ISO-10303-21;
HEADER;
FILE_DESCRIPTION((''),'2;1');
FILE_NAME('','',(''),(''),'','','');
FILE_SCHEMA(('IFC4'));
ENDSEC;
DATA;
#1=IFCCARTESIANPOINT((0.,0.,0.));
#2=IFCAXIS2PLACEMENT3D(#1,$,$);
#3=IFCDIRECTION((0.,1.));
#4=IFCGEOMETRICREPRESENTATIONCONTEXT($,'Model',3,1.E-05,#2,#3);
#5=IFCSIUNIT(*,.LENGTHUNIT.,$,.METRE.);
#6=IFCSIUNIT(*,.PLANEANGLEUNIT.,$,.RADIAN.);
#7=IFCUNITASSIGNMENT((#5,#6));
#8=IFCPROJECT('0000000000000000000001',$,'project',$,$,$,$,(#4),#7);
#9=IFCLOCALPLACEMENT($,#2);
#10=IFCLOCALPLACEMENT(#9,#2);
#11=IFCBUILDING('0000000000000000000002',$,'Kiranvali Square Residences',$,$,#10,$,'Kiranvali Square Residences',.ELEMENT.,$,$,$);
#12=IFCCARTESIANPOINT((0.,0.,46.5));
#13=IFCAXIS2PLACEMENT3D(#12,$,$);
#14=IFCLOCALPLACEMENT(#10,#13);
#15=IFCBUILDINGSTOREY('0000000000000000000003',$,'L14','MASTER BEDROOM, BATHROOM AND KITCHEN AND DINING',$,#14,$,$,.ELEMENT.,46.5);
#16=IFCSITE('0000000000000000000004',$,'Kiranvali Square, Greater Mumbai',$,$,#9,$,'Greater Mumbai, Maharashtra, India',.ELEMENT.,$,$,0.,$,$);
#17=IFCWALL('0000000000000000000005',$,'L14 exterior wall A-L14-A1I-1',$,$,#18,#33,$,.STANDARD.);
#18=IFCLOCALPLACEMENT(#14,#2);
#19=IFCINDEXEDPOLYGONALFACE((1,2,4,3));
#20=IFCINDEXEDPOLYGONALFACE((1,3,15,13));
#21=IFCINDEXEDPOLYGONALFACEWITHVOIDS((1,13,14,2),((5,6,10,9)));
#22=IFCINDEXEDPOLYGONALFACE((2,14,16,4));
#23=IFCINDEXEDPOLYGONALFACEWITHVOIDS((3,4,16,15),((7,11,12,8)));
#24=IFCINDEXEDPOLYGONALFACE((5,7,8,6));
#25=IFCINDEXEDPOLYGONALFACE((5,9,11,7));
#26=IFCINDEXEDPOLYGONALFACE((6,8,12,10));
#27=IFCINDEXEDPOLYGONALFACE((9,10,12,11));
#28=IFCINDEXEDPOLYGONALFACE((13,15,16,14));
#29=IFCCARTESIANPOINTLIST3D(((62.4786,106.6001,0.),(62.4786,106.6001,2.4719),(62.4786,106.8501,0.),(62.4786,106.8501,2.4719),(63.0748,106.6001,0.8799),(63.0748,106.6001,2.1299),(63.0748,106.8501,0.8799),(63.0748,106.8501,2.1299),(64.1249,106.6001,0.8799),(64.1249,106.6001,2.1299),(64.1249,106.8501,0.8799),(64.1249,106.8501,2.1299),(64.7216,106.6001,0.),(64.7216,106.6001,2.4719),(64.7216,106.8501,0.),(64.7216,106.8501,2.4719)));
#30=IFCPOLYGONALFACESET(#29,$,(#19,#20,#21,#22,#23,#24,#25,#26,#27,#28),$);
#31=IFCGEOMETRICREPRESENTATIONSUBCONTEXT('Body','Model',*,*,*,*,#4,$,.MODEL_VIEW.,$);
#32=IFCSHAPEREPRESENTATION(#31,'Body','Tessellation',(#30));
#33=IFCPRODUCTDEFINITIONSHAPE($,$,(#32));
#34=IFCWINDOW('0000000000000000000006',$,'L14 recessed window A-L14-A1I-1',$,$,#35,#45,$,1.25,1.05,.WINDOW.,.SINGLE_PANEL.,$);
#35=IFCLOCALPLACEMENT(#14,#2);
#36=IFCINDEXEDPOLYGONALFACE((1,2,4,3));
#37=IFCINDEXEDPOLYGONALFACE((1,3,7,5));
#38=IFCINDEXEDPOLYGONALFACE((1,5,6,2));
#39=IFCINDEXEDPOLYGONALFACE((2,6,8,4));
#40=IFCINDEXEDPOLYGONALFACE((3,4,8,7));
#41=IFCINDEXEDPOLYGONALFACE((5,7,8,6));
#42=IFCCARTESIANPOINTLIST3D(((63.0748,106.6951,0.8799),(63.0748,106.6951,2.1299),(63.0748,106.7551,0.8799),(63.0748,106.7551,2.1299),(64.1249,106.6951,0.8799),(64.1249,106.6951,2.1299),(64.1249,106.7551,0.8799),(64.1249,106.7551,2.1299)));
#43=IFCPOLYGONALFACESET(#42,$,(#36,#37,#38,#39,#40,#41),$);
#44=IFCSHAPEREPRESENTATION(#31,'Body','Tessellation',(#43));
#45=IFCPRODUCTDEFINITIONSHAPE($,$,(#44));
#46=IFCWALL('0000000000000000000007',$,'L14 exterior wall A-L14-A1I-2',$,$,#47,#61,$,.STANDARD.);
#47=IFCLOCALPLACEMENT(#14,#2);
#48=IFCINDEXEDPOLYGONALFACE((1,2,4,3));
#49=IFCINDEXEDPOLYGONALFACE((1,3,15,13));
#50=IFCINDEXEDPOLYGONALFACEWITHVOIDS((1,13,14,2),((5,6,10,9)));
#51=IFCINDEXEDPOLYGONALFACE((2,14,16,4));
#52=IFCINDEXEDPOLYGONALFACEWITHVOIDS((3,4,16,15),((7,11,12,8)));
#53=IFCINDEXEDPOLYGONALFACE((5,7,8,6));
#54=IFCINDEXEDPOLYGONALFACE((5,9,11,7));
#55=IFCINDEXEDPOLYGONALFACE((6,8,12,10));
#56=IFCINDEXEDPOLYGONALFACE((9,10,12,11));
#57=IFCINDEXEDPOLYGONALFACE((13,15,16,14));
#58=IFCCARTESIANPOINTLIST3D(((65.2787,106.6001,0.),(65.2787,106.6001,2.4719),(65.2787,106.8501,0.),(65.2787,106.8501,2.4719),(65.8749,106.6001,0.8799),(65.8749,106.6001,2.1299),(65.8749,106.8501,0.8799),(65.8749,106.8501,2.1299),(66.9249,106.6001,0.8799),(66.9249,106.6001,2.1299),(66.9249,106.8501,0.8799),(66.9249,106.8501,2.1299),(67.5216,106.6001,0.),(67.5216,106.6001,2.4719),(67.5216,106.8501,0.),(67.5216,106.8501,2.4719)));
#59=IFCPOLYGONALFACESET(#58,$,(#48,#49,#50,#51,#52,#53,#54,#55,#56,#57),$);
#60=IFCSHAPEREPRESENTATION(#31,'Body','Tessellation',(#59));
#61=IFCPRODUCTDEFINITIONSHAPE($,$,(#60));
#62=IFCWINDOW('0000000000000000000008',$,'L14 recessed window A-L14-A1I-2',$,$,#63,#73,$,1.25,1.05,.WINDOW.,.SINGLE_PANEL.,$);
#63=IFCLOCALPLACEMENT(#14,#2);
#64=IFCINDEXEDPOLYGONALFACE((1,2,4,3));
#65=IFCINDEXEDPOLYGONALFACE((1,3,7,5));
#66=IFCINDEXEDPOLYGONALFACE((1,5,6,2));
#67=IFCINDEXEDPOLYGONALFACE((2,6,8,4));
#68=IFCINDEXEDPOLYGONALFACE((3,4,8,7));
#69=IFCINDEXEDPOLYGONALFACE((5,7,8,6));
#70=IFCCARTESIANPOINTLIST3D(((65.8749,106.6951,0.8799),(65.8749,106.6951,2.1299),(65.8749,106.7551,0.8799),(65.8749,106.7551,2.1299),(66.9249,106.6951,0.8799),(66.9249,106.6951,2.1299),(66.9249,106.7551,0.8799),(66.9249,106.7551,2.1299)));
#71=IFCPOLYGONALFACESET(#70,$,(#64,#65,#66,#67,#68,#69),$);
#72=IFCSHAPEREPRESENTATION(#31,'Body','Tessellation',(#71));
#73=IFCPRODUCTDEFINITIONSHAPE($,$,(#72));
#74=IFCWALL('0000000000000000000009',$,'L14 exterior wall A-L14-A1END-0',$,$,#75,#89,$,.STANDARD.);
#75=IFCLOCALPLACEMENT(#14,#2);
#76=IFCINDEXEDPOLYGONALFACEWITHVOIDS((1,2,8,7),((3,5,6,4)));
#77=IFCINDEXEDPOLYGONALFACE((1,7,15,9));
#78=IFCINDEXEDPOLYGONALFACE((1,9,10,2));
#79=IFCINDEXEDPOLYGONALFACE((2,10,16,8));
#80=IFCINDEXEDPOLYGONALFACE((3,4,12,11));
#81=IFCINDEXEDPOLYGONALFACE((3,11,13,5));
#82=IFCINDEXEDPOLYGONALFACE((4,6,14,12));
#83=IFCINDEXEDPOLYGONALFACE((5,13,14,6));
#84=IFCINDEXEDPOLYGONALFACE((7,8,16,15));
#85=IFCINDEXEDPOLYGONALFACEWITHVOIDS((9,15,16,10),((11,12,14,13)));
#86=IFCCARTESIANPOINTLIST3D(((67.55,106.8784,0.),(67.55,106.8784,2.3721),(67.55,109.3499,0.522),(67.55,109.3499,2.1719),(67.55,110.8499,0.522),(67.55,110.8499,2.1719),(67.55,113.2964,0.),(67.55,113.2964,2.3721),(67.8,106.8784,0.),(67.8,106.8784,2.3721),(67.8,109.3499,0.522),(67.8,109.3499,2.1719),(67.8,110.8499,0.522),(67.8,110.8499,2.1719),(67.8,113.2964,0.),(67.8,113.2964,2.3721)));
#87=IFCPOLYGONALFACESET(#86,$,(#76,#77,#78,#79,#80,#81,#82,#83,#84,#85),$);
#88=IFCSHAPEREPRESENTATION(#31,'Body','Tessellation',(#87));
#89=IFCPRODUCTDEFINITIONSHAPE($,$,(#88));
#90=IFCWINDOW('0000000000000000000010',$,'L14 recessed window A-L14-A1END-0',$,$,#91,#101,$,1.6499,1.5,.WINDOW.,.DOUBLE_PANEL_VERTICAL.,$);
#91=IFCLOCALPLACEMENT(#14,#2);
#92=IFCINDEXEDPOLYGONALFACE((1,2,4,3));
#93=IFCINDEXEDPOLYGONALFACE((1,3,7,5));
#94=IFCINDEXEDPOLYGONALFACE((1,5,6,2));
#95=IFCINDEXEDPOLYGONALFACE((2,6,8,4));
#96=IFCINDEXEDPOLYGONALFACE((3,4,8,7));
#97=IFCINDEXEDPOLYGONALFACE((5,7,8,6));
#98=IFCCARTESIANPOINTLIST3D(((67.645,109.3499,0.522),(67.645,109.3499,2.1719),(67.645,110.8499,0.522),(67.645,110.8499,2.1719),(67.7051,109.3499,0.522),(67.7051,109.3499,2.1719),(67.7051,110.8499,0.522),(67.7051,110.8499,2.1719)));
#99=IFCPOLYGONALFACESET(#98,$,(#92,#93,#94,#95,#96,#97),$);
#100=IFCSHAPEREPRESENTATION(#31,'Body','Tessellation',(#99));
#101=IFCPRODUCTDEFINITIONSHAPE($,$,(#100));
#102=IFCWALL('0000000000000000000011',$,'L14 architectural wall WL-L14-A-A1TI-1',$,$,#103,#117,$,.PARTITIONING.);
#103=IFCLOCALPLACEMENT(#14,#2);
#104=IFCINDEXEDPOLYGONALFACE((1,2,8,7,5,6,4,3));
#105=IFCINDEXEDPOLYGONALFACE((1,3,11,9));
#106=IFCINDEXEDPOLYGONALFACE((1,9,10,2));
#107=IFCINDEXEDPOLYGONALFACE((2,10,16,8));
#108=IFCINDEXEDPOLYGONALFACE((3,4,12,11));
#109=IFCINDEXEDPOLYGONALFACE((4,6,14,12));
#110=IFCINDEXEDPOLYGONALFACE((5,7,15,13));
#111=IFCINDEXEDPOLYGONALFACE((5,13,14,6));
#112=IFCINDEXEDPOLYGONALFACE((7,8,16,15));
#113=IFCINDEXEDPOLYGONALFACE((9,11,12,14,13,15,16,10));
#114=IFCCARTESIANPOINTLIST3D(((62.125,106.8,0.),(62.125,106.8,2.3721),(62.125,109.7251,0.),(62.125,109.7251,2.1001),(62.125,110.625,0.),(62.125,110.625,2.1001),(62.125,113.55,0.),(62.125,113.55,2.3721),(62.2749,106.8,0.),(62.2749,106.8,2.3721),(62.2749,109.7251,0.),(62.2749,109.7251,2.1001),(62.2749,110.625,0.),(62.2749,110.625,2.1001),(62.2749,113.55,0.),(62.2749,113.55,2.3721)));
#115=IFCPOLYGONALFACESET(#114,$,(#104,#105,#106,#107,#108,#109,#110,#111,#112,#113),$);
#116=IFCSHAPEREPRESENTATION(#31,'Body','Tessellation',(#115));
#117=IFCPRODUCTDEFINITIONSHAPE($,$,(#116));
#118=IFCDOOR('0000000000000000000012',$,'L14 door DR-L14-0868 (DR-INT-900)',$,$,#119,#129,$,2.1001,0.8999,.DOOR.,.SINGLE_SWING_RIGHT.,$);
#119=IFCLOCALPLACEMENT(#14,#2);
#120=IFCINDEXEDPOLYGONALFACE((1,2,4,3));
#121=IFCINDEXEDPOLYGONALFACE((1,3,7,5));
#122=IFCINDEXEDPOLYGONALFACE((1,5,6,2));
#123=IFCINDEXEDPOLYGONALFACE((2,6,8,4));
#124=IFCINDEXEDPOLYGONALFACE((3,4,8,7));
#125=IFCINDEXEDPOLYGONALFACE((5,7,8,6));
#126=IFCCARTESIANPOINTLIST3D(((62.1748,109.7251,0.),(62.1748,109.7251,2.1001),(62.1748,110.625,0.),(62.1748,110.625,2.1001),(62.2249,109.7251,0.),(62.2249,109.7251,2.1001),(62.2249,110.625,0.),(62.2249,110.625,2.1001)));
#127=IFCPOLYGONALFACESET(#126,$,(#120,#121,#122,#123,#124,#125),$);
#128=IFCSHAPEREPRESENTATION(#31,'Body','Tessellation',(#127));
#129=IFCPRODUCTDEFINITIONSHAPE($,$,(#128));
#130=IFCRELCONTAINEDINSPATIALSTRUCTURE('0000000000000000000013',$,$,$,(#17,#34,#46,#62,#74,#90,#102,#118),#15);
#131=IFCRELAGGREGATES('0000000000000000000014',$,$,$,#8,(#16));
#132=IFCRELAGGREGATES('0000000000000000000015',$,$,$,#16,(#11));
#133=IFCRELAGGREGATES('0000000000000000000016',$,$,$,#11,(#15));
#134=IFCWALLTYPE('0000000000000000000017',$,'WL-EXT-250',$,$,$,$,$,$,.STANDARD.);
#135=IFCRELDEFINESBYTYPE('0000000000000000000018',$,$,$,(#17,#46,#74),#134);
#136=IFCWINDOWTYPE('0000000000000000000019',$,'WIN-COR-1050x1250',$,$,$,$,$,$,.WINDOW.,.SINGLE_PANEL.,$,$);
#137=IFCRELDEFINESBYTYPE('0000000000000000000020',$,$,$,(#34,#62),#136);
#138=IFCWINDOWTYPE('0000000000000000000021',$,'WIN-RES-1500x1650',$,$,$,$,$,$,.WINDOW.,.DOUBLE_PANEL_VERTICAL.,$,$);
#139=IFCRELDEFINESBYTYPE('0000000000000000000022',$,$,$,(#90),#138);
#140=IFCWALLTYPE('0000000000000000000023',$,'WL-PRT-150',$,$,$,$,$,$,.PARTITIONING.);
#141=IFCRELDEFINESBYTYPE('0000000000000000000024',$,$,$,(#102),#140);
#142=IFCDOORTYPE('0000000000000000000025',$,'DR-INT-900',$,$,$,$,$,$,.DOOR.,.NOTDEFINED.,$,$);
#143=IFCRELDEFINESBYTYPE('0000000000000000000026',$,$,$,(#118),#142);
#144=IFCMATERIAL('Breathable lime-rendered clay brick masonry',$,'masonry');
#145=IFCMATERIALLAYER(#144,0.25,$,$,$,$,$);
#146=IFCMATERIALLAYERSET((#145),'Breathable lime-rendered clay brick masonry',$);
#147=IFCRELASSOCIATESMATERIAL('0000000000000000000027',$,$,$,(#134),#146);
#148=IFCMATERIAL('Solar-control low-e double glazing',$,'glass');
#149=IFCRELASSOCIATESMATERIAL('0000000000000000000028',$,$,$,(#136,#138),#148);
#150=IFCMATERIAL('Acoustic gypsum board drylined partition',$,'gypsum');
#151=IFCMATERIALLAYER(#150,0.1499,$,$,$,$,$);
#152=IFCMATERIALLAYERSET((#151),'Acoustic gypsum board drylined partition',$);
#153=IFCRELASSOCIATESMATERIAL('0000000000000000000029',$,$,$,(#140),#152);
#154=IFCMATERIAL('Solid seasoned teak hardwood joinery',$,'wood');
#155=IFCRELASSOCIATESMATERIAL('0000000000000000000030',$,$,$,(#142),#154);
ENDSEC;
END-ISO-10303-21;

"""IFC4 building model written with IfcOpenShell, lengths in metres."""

from ifc_helpers import new_model, si_unit, direction, frame, frame_2d, origin, place, context, subcontext, project, spatial, rectangle, extrude, material, layer, layer_set, type_object, element, fill, save


model = new_model("IFC4")

# Units and contexts
model_context = context("Model", 3, precision=1e-05, world=origin(), true_north=direction((0.0, 1.0)))
body_context = subcontext(model_context, "Body", "Model", "MODEL_VIEW")
ifc_project = project(units=[si_unit("LENGTHUNIT", "METRE"), si_unit("PLANEANGLEUNIT", "RADIAN")], contexts=[model_context])

# Site, building, storey
site_placement = place(None, origin())
site = spatial("IfcSite", under=ifc_project, at=site_placement, Name="Kiranvali Square, Greater Mumbai", LongName="Greater Mumbai, Maharashtra, India", CompositionType="ELEMENT", RefElevation=0.0)
building_placement = place(site_placement, origin())
building = spatial("IfcBuilding", under=site, at=building_placement, Name="Kiranvali Square Residences", LongName="Kiranvali Square Residences", CompositionType="ELEMENT")
storey_placement = place(building_placement, frame((0.0, 0.0, 46.5)))
storey = spatial("IfcBuildingStorey", under=building, at=storey_placement, Name="L14", Description="MASTER BEDROOM, BATHROOM AND KITCHEN AND DINING", CompositionType="ELEMENT", Elevation=46.5)

# Walls, openings, windows
ifc_material_1 = material(Name="Breathable lime-rendered clay brick masonry", Category="masonry")
ifc_layer_1 = layer(ifc_material_1, 0.25)
ifc_layer_set_1 = layer_set([ifc_layer_1], Name="Breathable lime-rendered clay brick masonry")
wall_type_1 = type_object("IfcWallType", Name="WL-EXT-250", PredefinedType="STANDARD", material=ifc_layer_set_1)
ifc_material_2 = material(Name="Solar-control low-e double glazing", Category="glass")
window_type_1 = type_object("IfcWindowType", Name="WIN-COR-1050x1250", PartitioningType="SINGLE_PANEL", PredefinedType="WINDOW", material=ifc_material_2)
wall_1_placement = place(storey_placement, frame((62.4785, 106.7251, 0.0), z_axis=(0.0, 0.0, 1.0), x_axis=(1.0, 0.0, 0.0)))
wall_1 = element("IfcWall", 1, at=wall_1_placement, inside=storey, type_object=wall_type_1, Name="L14 exterior wall A-L14-A1I-1", PredefinedType="STANDARD", context=body_context, shape_type="SweptSolid", body=[
    extrude(rectangle(XDim=2.2429, YDim=0.25, at=frame_2d((1.1216, 0.0))), origin(), (0.0, 0.0, 1.0), 2.4719),
])
opening_1_placement = place(wall_1_placement, frame((0.5964, 0.0, 0.8799)))
opening_1 = element("IfcOpeningElement", 2, at=opening_1_placement, cuts=wall_1, PredefinedType="OPENING", context=body_context, shape_type="SweptSolid", body=[
    extrude(rectangle(XDim=1.05, YDim=1.25, at=frame_2d((0.5249, 0.625))), frame((0.0, 0.135, 0.0), z_axis=(0.0, -1.0, 0.0), x_axis=(1.0, 0.0, 0.0)), (0.0, 0.0, 1.0), 0.27),
])
window_1_placement = place(opening_1_placement, origin())
window_1 = element("IfcWindow", 3, at=window_1_placement, inside=storey, type_object=window_type_1, Name="L14 recessed window A-L14-A1I-1", OverallHeight=1.25, OverallWidth=1.05, PartitioningType="SINGLE_PANEL", PredefinedType="WINDOW", context=body_context, shape_type="SweptSolid", body=[
    extrude(rectangle(XDim=1.05, YDim=1.25, at=frame_2d((0.5249, 0.625))), frame((0.0, 0.03, 0.0), z_axis=(0.0, -1.0, 0.0), x_axis=(1.0, 0.0, 0.0)), (0.0, 0.0, 1.0), 0.0601),
])
fill(opening_1, window_1)
wall_2_placement = place(storey_placement, frame((65.2786, 106.7251, 0.0), z_axis=(0.0, 0.0, 1.0), x_axis=(1.0, 0.0, 0.0)))
wall_2 = element("IfcWall", 4, at=wall_2_placement, inside=storey, type_object=wall_type_1, Name="L14 exterior wall A-L14-A1I-2", PredefinedType="STANDARD", context=body_context, shape_type="SweptSolid", body=[
    extrude(rectangle(XDim=2.2429, YDim=0.25, at=frame_2d((1.1216, 0.0))), origin(), (0.0, 0.0, 1.0), 2.4719),
])
opening_2_placement = place(wall_2_placement, frame((0.5964, 0.0, 0.8799)))
opening_2 = element("IfcOpeningElement", 5, at=opening_2_placement, cuts=wall_2, PredefinedType="OPENING", context=body_context, shape_type="SweptSolid", body=[
    extrude(rectangle(XDim=1.05, YDim=1.25, at=frame_2d((0.5249, 0.625))), frame((0.0, 0.135, 0.0), z_axis=(0.0, -1.0, 0.0), x_axis=(1.0, 0.0, 0.0)), (0.0, 0.0, 1.0), 0.27),
])
window_2_placement = place(opening_2_placement, origin())
window_2 = element("IfcWindow", 6, at=window_2_placement, inside=storey, type_object=window_type_1, Name="L14 recessed window A-L14-A1I-2", OverallHeight=1.25, OverallWidth=1.05, PartitioningType="SINGLE_PANEL", PredefinedType="WINDOW", context=body_context, shape_type="SweptSolid", body=[
    extrude(rectangle(XDim=1.05, YDim=1.25, at=frame_2d((0.5249, 0.625))), frame((0.0, 0.03, 0.0), z_axis=(0.0, -1.0, 0.0), x_axis=(1.0, 0.0, 0.0)), (0.0, 0.0, 1.0), 0.0601),
])
fill(opening_2, window_2)
wall_3_placement = place(storey_placement, frame((67.675, 106.8784, 0.0), z_axis=(0.0, 0.0, 1.0), x_axis=(0.0, 1.0, 0.0)))
wall_3 = element("IfcWall", 7, at=wall_3_placement, inside=storey, type_object=wall_type_1, Name="L14 exterior wall A-L14-A1END-0", PredefinedType="STANDARD", context=body_context, shape_type="SweptSolid", body=[
    extrude(rectangle(XDim=6.418, YDim=0.25, at=frame_2d((3.209, 0.0))), origin(), (0.0, 0.0, 1.0), 2.3721),
])
opening_3_placement = place(wall_3_placement, frame((2.4714, 0.0, 0.522)))
opening_3 = element("IfcOpeningElement", 8, at=opening_3_placement, cuts=wall_3, PredefinedType="OPENING", context=body_context, shape_type="SweptSolid", body=[
    extrude(rectangle(XDim=1.5, YDim=1.6499, at=frame_2d((0.75, 0.825))), frame((0.0, 0.135, 0.0), z_axis=(0.0, -1.0, 0.0), x_axis=(1.0, 0.0, 0.0)), (0.0, 0.0, 1.0), 0.27),
])
window_type_2 = type_object("IfcWindowType", Name="WIN-RES-1500x1650", PartitioningType="DOUBLE_PANEL_VERTICAL", PredefinedType="WINDOW", material=ifc_material_2)
window_3_placement = place(opening_3_placement, origin())
window_3 = element("IfcWindow", 9, at=window_3_placement, inside=storey, type_object=window_type_2, Name="L14 recessed window A-L14-A1END-0", OverallHeight=1.6499, OverallWidth=1.5, PartitioningType="DOUBLE_PANEL_VERTICAL", PredefinedType="WINDOW", context=body_context, shape_type="SweptSolid", body=[
    extrude(rectangle(XDim=1.5, YDim=1.6499, at=frame_2d((0.75, 0.825))), frame((0.0, 0.03, 0.0), z_axis=(0.0, -1.0, 0.0), x_axis=(1.0, 0.0, 0.0)), (0.0, 0.0, 1.0), 0.0601),
])
fill(opening_3, window_3)

# Wall, opening, door
ifc_material_3 = material(Name="Acoustic gypsum board drylined partition", Category="gypsum")
ifc_layer_2 = layer(ifc_material_3, 0.1499)
ifc_layer_set_2 = layer_set([ifc_layer_2], Name="Acoustic gypsum board drylined partition")
wall_type_2 = type_object("IfcWallType", Name="WL-PRT-150", PredefinedType="PARTITIONING", material=ifc_layer_set_2)
wall_4_placement = place(storey_placement, frame((62.2, 106.8, 0.0), z_axis=(0.0, 0.0, 1.0), x_axis=(0.0, 1.0, 0.0)))
wall_4 = element("IfcWall", 10, at=wall_4_placement, inside=storey, type_object=wall_type_2, Name="L14 architectural wall WL-L14-A-A1TI-1", PredefinedType="PARTITIONING", context=body_context, shape_type="SweptSolid", body=[
    extrude(rectangle(XDim=6.75, YDim=0.1499, at=frame_2d((3.375, 0.0))), origin(), (0.0, 0.0, 1.0), 2.3721),
])
opening_4_placement = place(wall_4_placement, frame((2.925, 0.0, 0.0)))
opening_4 = element("IfcOpeningElement", 11, at=opening_4_placement, cuts=wall_4, PredefinedType="OPENING", context=body_context, shape_type="SweptSolid", body=[
    extrude(rectangle(XDim=0.8999, YDim=2.1001, at=frame_2d((0.45, 1.05))), frame((0.0, 0.085, 0.0), z_axis=(0.0, -1.0, 0.0), x_axis=(1.0, 0.0, 0.0)), (0.0, 0.0, 1.0), 0.1699),
])
ifc_material_4 = material(Name="Solid seasoned teak hardwood joinery", Category="wood")
door_type = type_object("IfcDoorType", Name="DR-INT-900", OperationType="NOTDEFINED", PredefinedType="DOOR", material=ifc_material_4)
door_placement = place(opening_4_placement, frame((0.8999, 0.0, 0.0), z_axis=(0.0, 0.0, 1.0), x_axis=(-1.0, 0.0, 0.0)))
door = element("IfcDoor", 12, at=door_placement, inside=storey, type_object=door_type, Name="L14 door DR-L14-0868 (DR-INT-900)", OperationType="SINGLE_SWING_RIGHT", OverallHeight=2.1001, OverallWidth=0.8999, PredefinedType="DOOR", context=body_context, shape_type="SweptSolid", body=[
    extrude(rectangle(XDim=0.8999, YDim=2.1001, at=frame_2d((0.45, 1.05))), frame((0.0, 0.0249, 0.0), z_axis=(0.0, -1.0, 0.0), x_axis=(1.0, 0.0, 0.0)), (0.0, 0.0, 1.0), 0.05),
])
fill(opening_4, door)

save(model, "model.ifc")
